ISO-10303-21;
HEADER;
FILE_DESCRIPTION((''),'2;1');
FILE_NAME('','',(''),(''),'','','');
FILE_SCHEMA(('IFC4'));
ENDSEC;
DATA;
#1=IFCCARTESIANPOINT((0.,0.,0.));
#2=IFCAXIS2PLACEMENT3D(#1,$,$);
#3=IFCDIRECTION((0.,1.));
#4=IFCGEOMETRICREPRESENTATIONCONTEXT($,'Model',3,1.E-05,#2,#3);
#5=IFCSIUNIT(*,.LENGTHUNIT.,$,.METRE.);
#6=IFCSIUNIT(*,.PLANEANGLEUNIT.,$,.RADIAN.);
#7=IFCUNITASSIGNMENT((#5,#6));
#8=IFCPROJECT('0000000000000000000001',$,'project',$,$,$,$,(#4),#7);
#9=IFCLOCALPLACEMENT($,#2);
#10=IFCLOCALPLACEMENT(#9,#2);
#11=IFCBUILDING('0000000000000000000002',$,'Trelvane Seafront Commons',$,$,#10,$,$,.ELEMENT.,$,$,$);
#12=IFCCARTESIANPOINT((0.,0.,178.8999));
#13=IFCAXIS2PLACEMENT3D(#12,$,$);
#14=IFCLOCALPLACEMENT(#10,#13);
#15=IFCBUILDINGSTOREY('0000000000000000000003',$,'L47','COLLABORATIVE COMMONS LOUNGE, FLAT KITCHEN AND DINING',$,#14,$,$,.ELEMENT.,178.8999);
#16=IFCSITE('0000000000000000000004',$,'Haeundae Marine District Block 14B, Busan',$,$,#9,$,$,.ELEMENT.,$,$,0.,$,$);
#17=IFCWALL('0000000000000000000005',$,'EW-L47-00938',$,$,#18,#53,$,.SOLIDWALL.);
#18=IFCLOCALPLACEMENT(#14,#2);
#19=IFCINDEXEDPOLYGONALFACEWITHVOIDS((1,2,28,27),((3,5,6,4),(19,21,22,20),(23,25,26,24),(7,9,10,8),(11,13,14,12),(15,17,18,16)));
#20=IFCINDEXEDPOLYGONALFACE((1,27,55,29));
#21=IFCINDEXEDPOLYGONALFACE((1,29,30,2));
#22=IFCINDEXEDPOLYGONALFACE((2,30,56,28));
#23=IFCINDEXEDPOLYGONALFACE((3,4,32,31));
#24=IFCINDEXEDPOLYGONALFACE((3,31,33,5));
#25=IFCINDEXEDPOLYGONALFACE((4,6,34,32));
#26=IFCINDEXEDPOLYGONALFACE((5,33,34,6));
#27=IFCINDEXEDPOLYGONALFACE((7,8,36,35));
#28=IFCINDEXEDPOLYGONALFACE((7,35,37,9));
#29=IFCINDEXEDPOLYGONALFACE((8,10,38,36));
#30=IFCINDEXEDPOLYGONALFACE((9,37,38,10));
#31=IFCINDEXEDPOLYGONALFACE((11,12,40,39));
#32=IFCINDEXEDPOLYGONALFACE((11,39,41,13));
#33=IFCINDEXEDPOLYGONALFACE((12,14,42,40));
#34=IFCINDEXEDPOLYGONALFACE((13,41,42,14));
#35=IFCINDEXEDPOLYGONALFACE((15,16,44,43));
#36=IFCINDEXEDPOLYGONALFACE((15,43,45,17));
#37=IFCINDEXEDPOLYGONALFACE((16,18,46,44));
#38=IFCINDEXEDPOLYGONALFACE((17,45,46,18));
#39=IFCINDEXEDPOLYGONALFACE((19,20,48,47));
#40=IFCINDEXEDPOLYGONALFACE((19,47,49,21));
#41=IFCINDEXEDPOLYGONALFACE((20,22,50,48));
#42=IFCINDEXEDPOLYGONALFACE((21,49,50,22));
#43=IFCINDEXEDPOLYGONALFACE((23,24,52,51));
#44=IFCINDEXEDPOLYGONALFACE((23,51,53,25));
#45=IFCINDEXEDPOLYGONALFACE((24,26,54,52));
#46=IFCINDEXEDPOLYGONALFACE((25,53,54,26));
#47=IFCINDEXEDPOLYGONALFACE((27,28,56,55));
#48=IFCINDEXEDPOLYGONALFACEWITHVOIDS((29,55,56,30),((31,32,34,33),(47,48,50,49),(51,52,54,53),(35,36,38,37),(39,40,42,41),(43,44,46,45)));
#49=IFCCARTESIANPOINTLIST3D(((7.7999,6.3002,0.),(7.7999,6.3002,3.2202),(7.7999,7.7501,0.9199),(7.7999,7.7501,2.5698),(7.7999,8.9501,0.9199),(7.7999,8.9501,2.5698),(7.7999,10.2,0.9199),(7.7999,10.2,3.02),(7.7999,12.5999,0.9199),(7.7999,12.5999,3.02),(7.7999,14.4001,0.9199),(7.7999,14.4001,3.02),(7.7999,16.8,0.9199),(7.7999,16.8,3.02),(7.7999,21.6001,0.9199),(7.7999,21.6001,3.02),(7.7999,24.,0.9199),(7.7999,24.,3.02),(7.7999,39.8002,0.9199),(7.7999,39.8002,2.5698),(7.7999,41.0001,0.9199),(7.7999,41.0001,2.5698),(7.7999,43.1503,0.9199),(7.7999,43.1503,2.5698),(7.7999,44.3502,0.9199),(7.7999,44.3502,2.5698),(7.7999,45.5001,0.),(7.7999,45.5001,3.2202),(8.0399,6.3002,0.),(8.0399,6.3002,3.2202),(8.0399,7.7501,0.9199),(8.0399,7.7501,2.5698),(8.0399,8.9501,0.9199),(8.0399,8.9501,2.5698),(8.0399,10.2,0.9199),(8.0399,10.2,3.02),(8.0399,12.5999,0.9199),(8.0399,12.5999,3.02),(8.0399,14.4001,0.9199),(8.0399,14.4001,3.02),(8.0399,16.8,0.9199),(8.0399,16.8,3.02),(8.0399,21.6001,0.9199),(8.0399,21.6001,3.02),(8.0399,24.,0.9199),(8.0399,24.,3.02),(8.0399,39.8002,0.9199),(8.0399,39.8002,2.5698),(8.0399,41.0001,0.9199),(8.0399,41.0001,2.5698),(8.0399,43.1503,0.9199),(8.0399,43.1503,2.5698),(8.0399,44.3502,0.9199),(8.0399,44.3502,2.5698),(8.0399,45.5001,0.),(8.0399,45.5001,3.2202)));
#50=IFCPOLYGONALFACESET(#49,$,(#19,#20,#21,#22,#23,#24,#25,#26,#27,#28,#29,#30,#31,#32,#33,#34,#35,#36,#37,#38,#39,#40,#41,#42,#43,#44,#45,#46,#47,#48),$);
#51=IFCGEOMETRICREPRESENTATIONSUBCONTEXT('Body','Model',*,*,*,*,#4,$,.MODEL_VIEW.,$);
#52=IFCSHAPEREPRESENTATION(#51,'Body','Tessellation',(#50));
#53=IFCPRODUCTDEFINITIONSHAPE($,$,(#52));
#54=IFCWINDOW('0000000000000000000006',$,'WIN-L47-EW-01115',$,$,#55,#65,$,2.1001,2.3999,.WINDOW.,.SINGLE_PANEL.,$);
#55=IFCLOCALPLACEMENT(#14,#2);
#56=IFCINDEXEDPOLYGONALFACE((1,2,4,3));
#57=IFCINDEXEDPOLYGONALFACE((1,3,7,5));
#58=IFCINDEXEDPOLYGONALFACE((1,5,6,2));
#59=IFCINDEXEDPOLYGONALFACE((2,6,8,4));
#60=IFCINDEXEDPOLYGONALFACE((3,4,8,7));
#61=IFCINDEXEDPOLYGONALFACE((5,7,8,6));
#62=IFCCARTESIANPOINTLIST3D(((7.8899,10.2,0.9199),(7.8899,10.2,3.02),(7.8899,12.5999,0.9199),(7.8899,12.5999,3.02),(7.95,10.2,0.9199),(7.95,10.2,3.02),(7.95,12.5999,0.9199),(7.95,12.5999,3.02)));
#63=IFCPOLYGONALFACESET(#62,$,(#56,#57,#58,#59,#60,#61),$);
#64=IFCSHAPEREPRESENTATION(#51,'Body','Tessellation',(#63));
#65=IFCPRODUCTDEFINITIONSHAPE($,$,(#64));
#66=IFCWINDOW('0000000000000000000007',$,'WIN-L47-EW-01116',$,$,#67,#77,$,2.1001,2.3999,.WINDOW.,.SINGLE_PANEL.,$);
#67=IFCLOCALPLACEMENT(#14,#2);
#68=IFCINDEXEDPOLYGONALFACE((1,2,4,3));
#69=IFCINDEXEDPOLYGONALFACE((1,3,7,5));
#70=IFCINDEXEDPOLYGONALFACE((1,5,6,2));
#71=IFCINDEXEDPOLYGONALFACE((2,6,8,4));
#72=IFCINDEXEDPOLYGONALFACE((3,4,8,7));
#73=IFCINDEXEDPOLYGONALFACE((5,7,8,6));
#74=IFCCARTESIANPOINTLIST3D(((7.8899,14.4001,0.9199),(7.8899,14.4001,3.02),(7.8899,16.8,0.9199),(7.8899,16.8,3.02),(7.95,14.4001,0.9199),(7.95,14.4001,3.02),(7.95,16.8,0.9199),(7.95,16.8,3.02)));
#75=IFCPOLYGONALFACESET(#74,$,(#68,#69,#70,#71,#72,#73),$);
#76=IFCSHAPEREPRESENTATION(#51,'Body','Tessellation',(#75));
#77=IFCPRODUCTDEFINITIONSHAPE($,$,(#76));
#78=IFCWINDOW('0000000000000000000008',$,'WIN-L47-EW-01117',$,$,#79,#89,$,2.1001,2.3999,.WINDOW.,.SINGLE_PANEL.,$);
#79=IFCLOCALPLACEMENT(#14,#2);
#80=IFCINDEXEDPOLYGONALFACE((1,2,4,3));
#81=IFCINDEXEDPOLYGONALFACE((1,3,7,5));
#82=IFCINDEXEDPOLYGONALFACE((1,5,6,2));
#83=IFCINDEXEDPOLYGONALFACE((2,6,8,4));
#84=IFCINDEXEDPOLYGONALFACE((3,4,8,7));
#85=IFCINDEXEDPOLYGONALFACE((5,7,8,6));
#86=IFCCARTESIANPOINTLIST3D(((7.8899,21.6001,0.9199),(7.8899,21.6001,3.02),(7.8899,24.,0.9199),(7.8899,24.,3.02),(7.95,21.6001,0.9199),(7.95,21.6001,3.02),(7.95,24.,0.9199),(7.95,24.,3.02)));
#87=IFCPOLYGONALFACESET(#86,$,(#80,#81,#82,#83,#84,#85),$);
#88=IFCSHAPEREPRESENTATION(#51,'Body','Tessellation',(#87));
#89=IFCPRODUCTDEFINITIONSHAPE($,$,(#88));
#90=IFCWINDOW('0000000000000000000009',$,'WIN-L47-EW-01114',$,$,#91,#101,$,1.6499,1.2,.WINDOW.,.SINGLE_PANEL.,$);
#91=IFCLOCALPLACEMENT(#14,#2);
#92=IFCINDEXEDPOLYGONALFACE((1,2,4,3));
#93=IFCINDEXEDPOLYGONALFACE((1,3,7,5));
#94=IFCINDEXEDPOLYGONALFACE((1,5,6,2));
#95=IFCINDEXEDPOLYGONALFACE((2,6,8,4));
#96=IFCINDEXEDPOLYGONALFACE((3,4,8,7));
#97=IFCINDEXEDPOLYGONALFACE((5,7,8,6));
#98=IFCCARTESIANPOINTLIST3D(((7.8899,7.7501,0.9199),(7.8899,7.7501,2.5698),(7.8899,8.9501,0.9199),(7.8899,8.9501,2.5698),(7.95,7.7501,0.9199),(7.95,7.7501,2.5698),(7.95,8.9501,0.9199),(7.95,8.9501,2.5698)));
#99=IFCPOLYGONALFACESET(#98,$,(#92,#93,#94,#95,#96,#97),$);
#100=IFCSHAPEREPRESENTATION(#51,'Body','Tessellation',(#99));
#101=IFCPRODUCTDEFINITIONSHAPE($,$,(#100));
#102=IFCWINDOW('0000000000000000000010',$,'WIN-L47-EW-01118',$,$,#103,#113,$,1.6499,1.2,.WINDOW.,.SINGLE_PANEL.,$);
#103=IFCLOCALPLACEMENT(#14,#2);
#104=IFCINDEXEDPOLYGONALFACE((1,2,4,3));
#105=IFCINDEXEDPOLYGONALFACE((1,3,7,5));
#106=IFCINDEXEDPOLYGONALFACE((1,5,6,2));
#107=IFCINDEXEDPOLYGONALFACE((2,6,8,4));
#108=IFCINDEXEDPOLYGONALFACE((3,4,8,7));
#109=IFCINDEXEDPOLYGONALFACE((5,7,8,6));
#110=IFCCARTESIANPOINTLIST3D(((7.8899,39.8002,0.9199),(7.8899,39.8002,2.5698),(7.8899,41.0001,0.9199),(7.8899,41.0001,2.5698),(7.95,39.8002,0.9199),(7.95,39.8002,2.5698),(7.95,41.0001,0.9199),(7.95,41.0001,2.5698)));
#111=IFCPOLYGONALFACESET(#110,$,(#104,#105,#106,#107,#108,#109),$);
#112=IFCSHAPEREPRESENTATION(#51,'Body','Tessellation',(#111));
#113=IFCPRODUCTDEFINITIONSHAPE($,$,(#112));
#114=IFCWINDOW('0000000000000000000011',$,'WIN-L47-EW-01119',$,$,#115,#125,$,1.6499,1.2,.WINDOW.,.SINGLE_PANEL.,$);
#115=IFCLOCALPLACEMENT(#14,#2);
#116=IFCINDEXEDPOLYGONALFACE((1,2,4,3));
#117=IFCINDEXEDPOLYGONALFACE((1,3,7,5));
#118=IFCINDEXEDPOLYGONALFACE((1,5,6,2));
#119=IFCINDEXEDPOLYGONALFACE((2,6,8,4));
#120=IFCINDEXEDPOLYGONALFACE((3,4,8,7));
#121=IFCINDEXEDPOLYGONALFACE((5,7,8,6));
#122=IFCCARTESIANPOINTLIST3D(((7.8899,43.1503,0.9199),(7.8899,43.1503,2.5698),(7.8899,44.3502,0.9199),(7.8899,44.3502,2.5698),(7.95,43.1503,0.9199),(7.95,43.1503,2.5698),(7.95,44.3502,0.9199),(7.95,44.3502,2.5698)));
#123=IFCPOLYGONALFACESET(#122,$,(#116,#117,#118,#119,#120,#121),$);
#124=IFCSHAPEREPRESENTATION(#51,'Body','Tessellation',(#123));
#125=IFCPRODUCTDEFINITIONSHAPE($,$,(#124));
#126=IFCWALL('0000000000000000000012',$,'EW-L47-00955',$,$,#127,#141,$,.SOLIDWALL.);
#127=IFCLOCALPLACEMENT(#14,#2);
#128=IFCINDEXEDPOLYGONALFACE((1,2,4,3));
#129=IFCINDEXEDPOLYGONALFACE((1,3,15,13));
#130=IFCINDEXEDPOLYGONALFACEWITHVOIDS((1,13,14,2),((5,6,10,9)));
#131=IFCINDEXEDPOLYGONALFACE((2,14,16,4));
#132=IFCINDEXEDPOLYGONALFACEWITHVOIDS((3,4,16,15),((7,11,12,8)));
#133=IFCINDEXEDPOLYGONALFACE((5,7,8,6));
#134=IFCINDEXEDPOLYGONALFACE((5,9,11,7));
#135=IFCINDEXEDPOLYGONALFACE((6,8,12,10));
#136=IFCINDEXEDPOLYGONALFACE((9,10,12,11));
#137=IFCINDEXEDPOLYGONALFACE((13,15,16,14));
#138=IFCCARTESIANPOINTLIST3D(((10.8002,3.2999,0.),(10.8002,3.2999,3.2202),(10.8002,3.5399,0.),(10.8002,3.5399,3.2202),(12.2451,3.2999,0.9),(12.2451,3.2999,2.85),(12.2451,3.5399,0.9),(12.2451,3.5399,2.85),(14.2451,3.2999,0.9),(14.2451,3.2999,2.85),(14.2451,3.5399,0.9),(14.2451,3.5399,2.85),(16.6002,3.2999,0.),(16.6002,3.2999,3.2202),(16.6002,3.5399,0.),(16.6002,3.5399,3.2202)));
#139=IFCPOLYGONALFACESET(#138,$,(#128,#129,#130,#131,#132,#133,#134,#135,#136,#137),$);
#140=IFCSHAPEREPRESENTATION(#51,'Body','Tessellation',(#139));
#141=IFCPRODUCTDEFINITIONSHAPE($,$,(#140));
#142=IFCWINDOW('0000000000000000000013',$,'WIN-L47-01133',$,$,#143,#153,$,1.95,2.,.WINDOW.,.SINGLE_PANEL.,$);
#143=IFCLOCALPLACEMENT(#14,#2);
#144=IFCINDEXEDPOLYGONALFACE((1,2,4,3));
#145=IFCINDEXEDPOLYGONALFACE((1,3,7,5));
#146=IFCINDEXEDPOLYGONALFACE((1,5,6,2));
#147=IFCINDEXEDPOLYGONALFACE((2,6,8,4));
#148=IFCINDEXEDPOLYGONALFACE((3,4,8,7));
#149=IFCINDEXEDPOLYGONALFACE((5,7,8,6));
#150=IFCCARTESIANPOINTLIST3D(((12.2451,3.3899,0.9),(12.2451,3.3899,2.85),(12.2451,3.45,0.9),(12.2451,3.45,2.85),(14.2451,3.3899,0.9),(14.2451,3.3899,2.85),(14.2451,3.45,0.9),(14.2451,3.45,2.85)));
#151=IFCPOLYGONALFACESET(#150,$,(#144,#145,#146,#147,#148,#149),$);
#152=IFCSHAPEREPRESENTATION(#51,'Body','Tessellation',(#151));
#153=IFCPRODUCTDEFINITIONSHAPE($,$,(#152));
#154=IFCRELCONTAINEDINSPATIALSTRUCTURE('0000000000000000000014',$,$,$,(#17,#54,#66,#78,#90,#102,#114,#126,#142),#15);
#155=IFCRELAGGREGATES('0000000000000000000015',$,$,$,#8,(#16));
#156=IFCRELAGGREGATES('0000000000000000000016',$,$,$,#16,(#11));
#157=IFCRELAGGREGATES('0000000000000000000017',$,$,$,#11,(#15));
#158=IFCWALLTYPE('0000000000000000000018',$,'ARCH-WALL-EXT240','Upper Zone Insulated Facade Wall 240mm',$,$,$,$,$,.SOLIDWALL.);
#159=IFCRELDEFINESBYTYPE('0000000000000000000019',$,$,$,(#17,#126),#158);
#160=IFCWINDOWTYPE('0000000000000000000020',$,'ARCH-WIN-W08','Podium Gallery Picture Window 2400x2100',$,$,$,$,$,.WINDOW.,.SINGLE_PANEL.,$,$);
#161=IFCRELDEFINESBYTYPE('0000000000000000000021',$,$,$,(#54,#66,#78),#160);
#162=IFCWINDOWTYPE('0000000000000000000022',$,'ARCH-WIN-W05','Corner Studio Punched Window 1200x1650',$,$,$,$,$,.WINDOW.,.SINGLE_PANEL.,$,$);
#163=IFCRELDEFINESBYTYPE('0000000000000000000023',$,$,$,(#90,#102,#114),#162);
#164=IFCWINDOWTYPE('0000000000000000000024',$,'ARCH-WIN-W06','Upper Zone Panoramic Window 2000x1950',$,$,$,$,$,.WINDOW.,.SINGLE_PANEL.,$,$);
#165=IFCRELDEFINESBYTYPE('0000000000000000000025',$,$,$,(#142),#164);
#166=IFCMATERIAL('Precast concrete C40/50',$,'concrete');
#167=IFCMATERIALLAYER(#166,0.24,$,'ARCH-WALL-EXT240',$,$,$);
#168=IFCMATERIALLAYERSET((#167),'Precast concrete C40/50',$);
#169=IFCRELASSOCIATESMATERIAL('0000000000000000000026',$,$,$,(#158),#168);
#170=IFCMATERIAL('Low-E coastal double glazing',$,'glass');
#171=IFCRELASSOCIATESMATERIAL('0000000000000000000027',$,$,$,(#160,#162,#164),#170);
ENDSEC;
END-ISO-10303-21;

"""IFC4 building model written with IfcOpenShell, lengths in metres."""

from ifc_helpers import new_model, si_unit, direction, frame, frame_2d, origin, place, context, subcontext, project, spatial, rectangle, extrude, source, transform, mapped, material, layer, layer_set, type_object, element, fill, save


model = new_model("IFC4")

# Units and contexts
model_context = context("Model", 3, precision=1e-05, world=origin(), true_north=direction((0.0, 1.0)))
body_context = subcontext(model_context, "Body", "Model", "MODEL_VIEW")
ifc_project = project(units=[si_unit("LENGTHUNIT", "METRE"), si_unit("PLANEANGLEUNIT", "RADIAN")], contexts=[model_context])

# Site, building, storey
site_placement = place(None, origin())
site = spatial("IfcSite", under=ifc_project, at=site_placement, Name="Haeundae Marine District Block 14B, Busan", CompositionType="ELEMENT", RefElevation=0.0)
building_placement = place(site_placement, origin())
building = spatial("IfcBuilding", under=site, at=building_placement, Name="Trelvane Seafront Commons", CompositionType="ELEMENT")
storey_placement = place(building_placement, frame((0.0, 0.0, 178.8999)))
storey = spatial("IfcBuildingStorey", under=building, at=storey_placement, Name="L47", Description="COLLABORATIVE COMMONS LOUNGE, FLAT KITCHEN AND DINING", CompositionType="ELEMENT", Elevation=178.8999)

# Shared definitions
ifc_material_1 = material(Name="Precast concrete C40/50", Category="concrete")
ifc_layer_1 = layer(ifc_material_1, 0.24, Name="ARCH-WALL-EXT240")
ifc_layer_set_1 = layer_set([ifc_layer_1], Name="Precast concrete C40/50")
wall_type_1 = type_object("IfcWallType", Name="ARCH-WALL-EXT240", Description="Upper Zone Insulated Facade Wall 240mm", PredefinedType="SOLIDWALL", material=ifc_layer_set_1)

# Wall, openings, windows
wall_1_placement = place(storey_placement, frame((7.9199, 6.3, 0.0), z_axis=(0.0, 0.0, 1.0), x_axis=(0.0, 1.0, 0.0)))
wall_1 = element("IfcWall", 1, at=wall_1_placement, inside=storey, type_object=wall_type_1, Name="EW-L47-00938", PredefinedType="SOLIDWALL", context=body_context, shape_type="SweptSolid", body=[
    extrude(rectangle(XDim=39.2, YDim=0.24, at=frame_2d((19.6001, 0.0))), origin(), (0.0, 0.0, 1.0), 3.2202),
])
opening_1_placement = place(wall_1_placement, frame((1.45, 0.0, 0.9199)))
opening_1 = element("IfcOpeningElement", 2, at=opening_1_placement, cuts=wall_1, PredefinedType="OPENING", context=body_context, shape_type="SweptSolid", body=[
    extrude(rectangle(XDim=1.2, YDim=1.6499, at=frame_2d((0.6001, 0.825))), frame((0.0, 0.1299, 0.0), z_axis=(0.0, -1.0, 0.0), x_axis=(1.0, 0.0, 0.0)), (0.0, 0.0, 1.0), 0.26),
])
opening_2_placement = place(wall_1_placement, frame((3.8999, 0.0, 0.9199)))
opening_2 = element("IfcOpeningElement", 3, at=opening_2_placement, cuts=wall_1, PredefinedType="OPENING", context=body_context, shape_type="SweptSolid", body=[
    extrude(rectangle(XDim=2.3999, YDim=2.1001, at=frame_2d((1.2, 1.05))), frame((0.0, 0.1299, 0.0), z_axis=(0.0, -1.0, 0.0), x_axis=(1.0, 0.0, 0.0)), (0.0, 0.0, 1.0), 0.26),
])
opening_3_placement = place(wall_1_placement, frame((8.1001, 0.0, 0.9199)))
opening_3 = element("IfcOpeningElement", 4, at=opening_3_placement, cuts=wall_1, PredefinedType="OPENING", context=body_context, shape_type="SweptSolid", body=[
    extrude(rectangle(XDim=2.3999, YDim=2.1001, at=frame_2d((1.2, 1.05))), frame((0.0, 0.1299, 0.0), z_axis=(0.0, -1.0, 0.0), x_axis=(1.0, 0.0, 0.0)), (0.0, 0.0, 1.0), 0.26),
])
opening_4_placement = place(wall_1_placement, frame((15.3, 0.0, 0.9199)))
opening_4 = element("IfcOpeningElement", 5, at=opening_4_placement, cuts=wall_1, PredefinedType="OPENING", context=body_context, shape_type="SweptSolid", body=[
    extrude(rectangle(XDim=2.3999, YDim=2.1001, at=frame_2d((1.2, 1.05))), frame((0.0, 0.1299, 0.0), z_axis=(0.0, -1.0, 0.0), x_axis=(1.0, 0.0, 0.0)), (0.0, 0.0, 1.0), 0.26),
])
opening_5_placement = place(wall_1_placement, frame((33.5, 0.0, 0.9199)))
opening_5 = element("IfcOpeningElement", 6, at=opening_5_placement, cuts=wall_1, PredefinedType="OPENING", context=body_context, shape_type="SweptSolid", body=[
    extrude(rectangle(XDim=1.2, YDim=1.6499, at=frame_2d((0.6001, 0.825))), frame((0.0, 0.1299, 0.0), z_axis=(0.0, -1.0, 0.0), x_axis=(1.0, 0.0, 0.0)), (0.0, 0.0, 1.0), 0.26),
])
opening_6_placement = place(wall_1_placement, frame((36.8501, 0.0, 0.9199)))
opening_6 = element("IfcOpeningElement", 7, at=opening_6_placement, cuts=wall_1, PredefinedType="OPENING", context=body_context, shape_type="SweptSolid", body=[
    extrude(rectangle(XDim=1.2, YDim=1.6499, at=frame_2d((0.6001, 0.825))), frame((0.0, 0.1299, 0.0), z_axis=(0.0, -1.0, 0.0), x_axis=(1.0, 0.0, 0.0)), (0.0, 0.0, 1.0), 0.26),
])
ifc_material_2 = material(Name="Low-E coastal double glazing", Category="glass")
window_type_1 = type_object("IfcWindowType", Name="ARCH-WIN-W08", Description="Podium Gallery Picture Window 2400x2100", PartitioningType="SINGLE_PANEL", PredefinedType="WINDOW", material=ifc_material_2)
shared_shape_1 = source(origin(), body_context, "Body", "SweptSolid", [
    extrude(rectangle(XDim=2.3999, YDim=2.1001, at=frame_2d((1.2, 1.05))), frame((0.0, 0.03, 0.0), z_axis=(0.0, -1.0, 0.0), x_axis=(1.0, 0.0, 0.0)), (0.0, 0.0, 1.0), 0.0601),
])
window_1_placement = place(opening_2_placement, origin())
window_1 = element("IfcWindow", 8, at=window_1_placement, inside=storey, type_object=window_type_1, Name="WIN-L47-EW-01115", OverallHeight=2.1001, OverallWidth=2.3999, PartitioningType="SINGLE_PANEL", PredefinedType="WINDOW", context=body_context, shape_type="MappedRepresentation", body=[
    mapped(shared_shape_1, transform((0.0, 0.0, 0.0), x_axis=(1.0, 0.0, 0.0), y_axis=(0.0, 1.0, 0.0), z_axis=(0.0, 0.0, 1.0), scale=1.0)),
])
fill(opening_2, window_1)
window_2_placement = place(opening_3_placement, origin())
window_2 = element("IfcWindow", 9, at=window_2_placement, inside=storey, type_object=window_type_1, Name="WIN-L47-EW-01116", OverallHeight=2.1001, OverallWidth=2.3999, PartitioningType="SINGLE_PANEL", PredefinedType="WINDOW", context=body_context, shape_type="MappedRepresentation", body=[
    mapped(shared_shape_1, transform((0.0, 0.0, 0.0), x_axis=(1.0, 0.0, 0.0), y_axis=(0.0, 1.0, 0.0), z_axis=(0.0, 0.0, 1.0), scale=1.0)),
])
fill(opening_3, window_2)
window_3_placement = place(opening_4_placement, origin())
window_3 = element("IfcWindow", 10, at=window_3_placement, inside=storey, type_object=window_type_1, Name="WIN-L47-EW-01117", OverallHeight=2.1001, OverallWidth=2.3999, PartitioningType="SINGLE_PANEL", PredefinedType="WINDOW", context=body_context, shape_type="MappedRepresentation", body=[
    mapped(shared_shape_1, transform((0.0, 0.0, 0.0), x_axis=(1.0, 0.0, 0.0), y_axis=(0.0, 1.0, 0.0), z_axis=(0.0, 0.0, 1.0), scale=1.0)),
])
fill(opening_4, window_3)
window_type_2 = type_object("IfcWindowType", Name="ARCH-WIN-W05", Description="Corner Studio Punched Window 1200x1650", PartitioningType="SINGLE_PANEL", PredefinedType="WINDOW", material=ifc_material_2)
shared_shape_2 = source(origin(), body_context, "Body", "SweptSolid", [
    extrude(rectangle(XDim=1.2, YDim=1.6499, at=frame_2d((0.6001, 0.825))), frame((0.0, 0.03, 0.0), z_axis=(0.0, -1.0, 0.0), x_axis=(1.0, 0.0, 0.0)), (0.0, 0.0, 1.0), 0.0601),
])
window_4_placement = place(opening_1_placement, origin())
window_4 = element("IfcWindow", 11, at=window_4_placement, inside=storey, type_object=window_type_2, Name="WIN-L47-EW-01114", OverallHeight=1.6499, OverallWidth=1.2, PartitioningType="SINGLE_PANEL", PredefinedType="WINDOW", context=body_context, shape_type="MappedRepresentation", body=[
    mapped(shared_shape_2, transform((0.0, 0.0, 0.0), x_axis=(1.0, 0.0, 0.0), y_axis=(0.0, 1.0, 0.0), z_axis=(0.0, 0.0, 1.0), scale=1.0)),
])
fill(opening_1, window_4)
window_5_placement = place(opening_5_placement, origin())
window_5 = element("IfcWindow", 12, at=window_5_placement, inside=storey, type_object=window_type_2, Name="WIN-L47-EW-01118", OverallHeight=1.6499, OverallWidth=1.2, PartitioningType="SINGLE_PANEL", PredefinedType="WINDOW", context=body_context, shape_type="MappedRepresentation", body=[
    mapped(shared_shape_2, transform((0.0, 0.0, 0.0), x_axis=(1.0, 0.0, 0.0), y_axis=(0.0, 1.0, 0.0), z_axis=(0.0, 0.0, 1.0), scale=1.0)),
])
fill(opening_5, window_5)
window_6_placement = place(opening_6_placement, origin())
window_6 = element("IfcWindow", 13, at=window_6_placement, inside=storey, type_object=window_type_2, Name="WIN-L47-EW-01119", OverallHeight=1.6499, OverallWidth=1.2, PartitioningType="SINGLE_PANEL", PredefinedType="WINDOW", context=body_context, shape_type="MappedRepresentation", body=[
    mapped(shared_shape_2, transform((0.0, 0.0, 0.0), x_axis=(1.0, 0.0, 0.0), y_axis=(0.0, 1.0, 0.0), z_axis=(0.0, 0.0, 1.0), scale=1.0)),
])
fill(opening_6, window_6)

# Wall, opening, window
wall_2_placement = place(storey_placement, frame((16.6001, 3.4199, 0.0), z_axis=(0.0, 0.0, 1.0), x_axis=(-1.0, 0.0, 0.0)))
wall_2 = element("IfcWall", 14, at=wall_2_placement, inside=storey, type_object=wall_type_1, Name="EW-L47-00955", PredefinedType="SOLIDWALL", context=body_context, shape_type="SweptSolid", body=[
    extrude(rectangle(XDim=5.8, YDim=0.24, at=frame_2d((2.8999, 0.0))), origin(), (0.0, 0.0, 1.0), 3.2202),
])
opening_7_placement = place(wall_2_placement, frame((2.355, 0.0, 0.8999)))
opening_7 = element("IfcOpeningElement", 15, at=opening_7_placement, cuts=wall_2, PredefinedType="OPENING", context=body_context, shape_type="SweptSolid", body=[
    extrude(rectangle(XDim=2.0, YDim=1.95, at=frame_2d((1.0, 0.9751))), frame((0.0, 0.1299, 0.0), z_axis=(0.0, -1.0, 0.0), x_axis=(1.0, 0.0, 0.0)), (0.0, 0.0, 1.0), 0.26),
])
window_type_3 = type_object("IfcWindowType", Name="ARCH-WIN-W06", Description="Upper Zone Panoramic Window 2000x1950", PartitioningType="SINGLE_PANEL", PredefinedType="WINDOW", material=ifc_material_2)
shared_shape_3 = source(origin(), body_context, "Body", "SweptSolid", [
    extrude(rectangle(XDim=2.0, YDim=1.95, at=frame_2d((1.0, 0.9751))), frame((0.0, 0.03, 0.0), z_axis=(0.0, -1.0, 0.0), x_axis=(1.0, 0.0, 0.0)), (0.0, 0.0, 1.0), 0.0601),
])
window_7_placement = place(opening_7_placement, origin())
window_7 = element("IfcWindow", 16, at=window_7_placement, inside=storey, type_object=window_type_3, Name="WIN-L47-01133", OverallHeight=1.95, OverallWidth=2.0, PartitioningType="SINGLE_PANEL", PredefinedType="WINDOW", context=body_context, shape_type="MappedRepresentation", body=[
    mapped(shared_shape_3, transform((0.0, 0.0, 0.0), x_axis=(1.0, 0.0, 0.0), y_axis=(0.0, 1.0, 0.0), z_axis=(0.0, 0.0, 1.0), scale=1.0)),
])
fill(opening_7, window_7)

save(model, "model.ifc")
